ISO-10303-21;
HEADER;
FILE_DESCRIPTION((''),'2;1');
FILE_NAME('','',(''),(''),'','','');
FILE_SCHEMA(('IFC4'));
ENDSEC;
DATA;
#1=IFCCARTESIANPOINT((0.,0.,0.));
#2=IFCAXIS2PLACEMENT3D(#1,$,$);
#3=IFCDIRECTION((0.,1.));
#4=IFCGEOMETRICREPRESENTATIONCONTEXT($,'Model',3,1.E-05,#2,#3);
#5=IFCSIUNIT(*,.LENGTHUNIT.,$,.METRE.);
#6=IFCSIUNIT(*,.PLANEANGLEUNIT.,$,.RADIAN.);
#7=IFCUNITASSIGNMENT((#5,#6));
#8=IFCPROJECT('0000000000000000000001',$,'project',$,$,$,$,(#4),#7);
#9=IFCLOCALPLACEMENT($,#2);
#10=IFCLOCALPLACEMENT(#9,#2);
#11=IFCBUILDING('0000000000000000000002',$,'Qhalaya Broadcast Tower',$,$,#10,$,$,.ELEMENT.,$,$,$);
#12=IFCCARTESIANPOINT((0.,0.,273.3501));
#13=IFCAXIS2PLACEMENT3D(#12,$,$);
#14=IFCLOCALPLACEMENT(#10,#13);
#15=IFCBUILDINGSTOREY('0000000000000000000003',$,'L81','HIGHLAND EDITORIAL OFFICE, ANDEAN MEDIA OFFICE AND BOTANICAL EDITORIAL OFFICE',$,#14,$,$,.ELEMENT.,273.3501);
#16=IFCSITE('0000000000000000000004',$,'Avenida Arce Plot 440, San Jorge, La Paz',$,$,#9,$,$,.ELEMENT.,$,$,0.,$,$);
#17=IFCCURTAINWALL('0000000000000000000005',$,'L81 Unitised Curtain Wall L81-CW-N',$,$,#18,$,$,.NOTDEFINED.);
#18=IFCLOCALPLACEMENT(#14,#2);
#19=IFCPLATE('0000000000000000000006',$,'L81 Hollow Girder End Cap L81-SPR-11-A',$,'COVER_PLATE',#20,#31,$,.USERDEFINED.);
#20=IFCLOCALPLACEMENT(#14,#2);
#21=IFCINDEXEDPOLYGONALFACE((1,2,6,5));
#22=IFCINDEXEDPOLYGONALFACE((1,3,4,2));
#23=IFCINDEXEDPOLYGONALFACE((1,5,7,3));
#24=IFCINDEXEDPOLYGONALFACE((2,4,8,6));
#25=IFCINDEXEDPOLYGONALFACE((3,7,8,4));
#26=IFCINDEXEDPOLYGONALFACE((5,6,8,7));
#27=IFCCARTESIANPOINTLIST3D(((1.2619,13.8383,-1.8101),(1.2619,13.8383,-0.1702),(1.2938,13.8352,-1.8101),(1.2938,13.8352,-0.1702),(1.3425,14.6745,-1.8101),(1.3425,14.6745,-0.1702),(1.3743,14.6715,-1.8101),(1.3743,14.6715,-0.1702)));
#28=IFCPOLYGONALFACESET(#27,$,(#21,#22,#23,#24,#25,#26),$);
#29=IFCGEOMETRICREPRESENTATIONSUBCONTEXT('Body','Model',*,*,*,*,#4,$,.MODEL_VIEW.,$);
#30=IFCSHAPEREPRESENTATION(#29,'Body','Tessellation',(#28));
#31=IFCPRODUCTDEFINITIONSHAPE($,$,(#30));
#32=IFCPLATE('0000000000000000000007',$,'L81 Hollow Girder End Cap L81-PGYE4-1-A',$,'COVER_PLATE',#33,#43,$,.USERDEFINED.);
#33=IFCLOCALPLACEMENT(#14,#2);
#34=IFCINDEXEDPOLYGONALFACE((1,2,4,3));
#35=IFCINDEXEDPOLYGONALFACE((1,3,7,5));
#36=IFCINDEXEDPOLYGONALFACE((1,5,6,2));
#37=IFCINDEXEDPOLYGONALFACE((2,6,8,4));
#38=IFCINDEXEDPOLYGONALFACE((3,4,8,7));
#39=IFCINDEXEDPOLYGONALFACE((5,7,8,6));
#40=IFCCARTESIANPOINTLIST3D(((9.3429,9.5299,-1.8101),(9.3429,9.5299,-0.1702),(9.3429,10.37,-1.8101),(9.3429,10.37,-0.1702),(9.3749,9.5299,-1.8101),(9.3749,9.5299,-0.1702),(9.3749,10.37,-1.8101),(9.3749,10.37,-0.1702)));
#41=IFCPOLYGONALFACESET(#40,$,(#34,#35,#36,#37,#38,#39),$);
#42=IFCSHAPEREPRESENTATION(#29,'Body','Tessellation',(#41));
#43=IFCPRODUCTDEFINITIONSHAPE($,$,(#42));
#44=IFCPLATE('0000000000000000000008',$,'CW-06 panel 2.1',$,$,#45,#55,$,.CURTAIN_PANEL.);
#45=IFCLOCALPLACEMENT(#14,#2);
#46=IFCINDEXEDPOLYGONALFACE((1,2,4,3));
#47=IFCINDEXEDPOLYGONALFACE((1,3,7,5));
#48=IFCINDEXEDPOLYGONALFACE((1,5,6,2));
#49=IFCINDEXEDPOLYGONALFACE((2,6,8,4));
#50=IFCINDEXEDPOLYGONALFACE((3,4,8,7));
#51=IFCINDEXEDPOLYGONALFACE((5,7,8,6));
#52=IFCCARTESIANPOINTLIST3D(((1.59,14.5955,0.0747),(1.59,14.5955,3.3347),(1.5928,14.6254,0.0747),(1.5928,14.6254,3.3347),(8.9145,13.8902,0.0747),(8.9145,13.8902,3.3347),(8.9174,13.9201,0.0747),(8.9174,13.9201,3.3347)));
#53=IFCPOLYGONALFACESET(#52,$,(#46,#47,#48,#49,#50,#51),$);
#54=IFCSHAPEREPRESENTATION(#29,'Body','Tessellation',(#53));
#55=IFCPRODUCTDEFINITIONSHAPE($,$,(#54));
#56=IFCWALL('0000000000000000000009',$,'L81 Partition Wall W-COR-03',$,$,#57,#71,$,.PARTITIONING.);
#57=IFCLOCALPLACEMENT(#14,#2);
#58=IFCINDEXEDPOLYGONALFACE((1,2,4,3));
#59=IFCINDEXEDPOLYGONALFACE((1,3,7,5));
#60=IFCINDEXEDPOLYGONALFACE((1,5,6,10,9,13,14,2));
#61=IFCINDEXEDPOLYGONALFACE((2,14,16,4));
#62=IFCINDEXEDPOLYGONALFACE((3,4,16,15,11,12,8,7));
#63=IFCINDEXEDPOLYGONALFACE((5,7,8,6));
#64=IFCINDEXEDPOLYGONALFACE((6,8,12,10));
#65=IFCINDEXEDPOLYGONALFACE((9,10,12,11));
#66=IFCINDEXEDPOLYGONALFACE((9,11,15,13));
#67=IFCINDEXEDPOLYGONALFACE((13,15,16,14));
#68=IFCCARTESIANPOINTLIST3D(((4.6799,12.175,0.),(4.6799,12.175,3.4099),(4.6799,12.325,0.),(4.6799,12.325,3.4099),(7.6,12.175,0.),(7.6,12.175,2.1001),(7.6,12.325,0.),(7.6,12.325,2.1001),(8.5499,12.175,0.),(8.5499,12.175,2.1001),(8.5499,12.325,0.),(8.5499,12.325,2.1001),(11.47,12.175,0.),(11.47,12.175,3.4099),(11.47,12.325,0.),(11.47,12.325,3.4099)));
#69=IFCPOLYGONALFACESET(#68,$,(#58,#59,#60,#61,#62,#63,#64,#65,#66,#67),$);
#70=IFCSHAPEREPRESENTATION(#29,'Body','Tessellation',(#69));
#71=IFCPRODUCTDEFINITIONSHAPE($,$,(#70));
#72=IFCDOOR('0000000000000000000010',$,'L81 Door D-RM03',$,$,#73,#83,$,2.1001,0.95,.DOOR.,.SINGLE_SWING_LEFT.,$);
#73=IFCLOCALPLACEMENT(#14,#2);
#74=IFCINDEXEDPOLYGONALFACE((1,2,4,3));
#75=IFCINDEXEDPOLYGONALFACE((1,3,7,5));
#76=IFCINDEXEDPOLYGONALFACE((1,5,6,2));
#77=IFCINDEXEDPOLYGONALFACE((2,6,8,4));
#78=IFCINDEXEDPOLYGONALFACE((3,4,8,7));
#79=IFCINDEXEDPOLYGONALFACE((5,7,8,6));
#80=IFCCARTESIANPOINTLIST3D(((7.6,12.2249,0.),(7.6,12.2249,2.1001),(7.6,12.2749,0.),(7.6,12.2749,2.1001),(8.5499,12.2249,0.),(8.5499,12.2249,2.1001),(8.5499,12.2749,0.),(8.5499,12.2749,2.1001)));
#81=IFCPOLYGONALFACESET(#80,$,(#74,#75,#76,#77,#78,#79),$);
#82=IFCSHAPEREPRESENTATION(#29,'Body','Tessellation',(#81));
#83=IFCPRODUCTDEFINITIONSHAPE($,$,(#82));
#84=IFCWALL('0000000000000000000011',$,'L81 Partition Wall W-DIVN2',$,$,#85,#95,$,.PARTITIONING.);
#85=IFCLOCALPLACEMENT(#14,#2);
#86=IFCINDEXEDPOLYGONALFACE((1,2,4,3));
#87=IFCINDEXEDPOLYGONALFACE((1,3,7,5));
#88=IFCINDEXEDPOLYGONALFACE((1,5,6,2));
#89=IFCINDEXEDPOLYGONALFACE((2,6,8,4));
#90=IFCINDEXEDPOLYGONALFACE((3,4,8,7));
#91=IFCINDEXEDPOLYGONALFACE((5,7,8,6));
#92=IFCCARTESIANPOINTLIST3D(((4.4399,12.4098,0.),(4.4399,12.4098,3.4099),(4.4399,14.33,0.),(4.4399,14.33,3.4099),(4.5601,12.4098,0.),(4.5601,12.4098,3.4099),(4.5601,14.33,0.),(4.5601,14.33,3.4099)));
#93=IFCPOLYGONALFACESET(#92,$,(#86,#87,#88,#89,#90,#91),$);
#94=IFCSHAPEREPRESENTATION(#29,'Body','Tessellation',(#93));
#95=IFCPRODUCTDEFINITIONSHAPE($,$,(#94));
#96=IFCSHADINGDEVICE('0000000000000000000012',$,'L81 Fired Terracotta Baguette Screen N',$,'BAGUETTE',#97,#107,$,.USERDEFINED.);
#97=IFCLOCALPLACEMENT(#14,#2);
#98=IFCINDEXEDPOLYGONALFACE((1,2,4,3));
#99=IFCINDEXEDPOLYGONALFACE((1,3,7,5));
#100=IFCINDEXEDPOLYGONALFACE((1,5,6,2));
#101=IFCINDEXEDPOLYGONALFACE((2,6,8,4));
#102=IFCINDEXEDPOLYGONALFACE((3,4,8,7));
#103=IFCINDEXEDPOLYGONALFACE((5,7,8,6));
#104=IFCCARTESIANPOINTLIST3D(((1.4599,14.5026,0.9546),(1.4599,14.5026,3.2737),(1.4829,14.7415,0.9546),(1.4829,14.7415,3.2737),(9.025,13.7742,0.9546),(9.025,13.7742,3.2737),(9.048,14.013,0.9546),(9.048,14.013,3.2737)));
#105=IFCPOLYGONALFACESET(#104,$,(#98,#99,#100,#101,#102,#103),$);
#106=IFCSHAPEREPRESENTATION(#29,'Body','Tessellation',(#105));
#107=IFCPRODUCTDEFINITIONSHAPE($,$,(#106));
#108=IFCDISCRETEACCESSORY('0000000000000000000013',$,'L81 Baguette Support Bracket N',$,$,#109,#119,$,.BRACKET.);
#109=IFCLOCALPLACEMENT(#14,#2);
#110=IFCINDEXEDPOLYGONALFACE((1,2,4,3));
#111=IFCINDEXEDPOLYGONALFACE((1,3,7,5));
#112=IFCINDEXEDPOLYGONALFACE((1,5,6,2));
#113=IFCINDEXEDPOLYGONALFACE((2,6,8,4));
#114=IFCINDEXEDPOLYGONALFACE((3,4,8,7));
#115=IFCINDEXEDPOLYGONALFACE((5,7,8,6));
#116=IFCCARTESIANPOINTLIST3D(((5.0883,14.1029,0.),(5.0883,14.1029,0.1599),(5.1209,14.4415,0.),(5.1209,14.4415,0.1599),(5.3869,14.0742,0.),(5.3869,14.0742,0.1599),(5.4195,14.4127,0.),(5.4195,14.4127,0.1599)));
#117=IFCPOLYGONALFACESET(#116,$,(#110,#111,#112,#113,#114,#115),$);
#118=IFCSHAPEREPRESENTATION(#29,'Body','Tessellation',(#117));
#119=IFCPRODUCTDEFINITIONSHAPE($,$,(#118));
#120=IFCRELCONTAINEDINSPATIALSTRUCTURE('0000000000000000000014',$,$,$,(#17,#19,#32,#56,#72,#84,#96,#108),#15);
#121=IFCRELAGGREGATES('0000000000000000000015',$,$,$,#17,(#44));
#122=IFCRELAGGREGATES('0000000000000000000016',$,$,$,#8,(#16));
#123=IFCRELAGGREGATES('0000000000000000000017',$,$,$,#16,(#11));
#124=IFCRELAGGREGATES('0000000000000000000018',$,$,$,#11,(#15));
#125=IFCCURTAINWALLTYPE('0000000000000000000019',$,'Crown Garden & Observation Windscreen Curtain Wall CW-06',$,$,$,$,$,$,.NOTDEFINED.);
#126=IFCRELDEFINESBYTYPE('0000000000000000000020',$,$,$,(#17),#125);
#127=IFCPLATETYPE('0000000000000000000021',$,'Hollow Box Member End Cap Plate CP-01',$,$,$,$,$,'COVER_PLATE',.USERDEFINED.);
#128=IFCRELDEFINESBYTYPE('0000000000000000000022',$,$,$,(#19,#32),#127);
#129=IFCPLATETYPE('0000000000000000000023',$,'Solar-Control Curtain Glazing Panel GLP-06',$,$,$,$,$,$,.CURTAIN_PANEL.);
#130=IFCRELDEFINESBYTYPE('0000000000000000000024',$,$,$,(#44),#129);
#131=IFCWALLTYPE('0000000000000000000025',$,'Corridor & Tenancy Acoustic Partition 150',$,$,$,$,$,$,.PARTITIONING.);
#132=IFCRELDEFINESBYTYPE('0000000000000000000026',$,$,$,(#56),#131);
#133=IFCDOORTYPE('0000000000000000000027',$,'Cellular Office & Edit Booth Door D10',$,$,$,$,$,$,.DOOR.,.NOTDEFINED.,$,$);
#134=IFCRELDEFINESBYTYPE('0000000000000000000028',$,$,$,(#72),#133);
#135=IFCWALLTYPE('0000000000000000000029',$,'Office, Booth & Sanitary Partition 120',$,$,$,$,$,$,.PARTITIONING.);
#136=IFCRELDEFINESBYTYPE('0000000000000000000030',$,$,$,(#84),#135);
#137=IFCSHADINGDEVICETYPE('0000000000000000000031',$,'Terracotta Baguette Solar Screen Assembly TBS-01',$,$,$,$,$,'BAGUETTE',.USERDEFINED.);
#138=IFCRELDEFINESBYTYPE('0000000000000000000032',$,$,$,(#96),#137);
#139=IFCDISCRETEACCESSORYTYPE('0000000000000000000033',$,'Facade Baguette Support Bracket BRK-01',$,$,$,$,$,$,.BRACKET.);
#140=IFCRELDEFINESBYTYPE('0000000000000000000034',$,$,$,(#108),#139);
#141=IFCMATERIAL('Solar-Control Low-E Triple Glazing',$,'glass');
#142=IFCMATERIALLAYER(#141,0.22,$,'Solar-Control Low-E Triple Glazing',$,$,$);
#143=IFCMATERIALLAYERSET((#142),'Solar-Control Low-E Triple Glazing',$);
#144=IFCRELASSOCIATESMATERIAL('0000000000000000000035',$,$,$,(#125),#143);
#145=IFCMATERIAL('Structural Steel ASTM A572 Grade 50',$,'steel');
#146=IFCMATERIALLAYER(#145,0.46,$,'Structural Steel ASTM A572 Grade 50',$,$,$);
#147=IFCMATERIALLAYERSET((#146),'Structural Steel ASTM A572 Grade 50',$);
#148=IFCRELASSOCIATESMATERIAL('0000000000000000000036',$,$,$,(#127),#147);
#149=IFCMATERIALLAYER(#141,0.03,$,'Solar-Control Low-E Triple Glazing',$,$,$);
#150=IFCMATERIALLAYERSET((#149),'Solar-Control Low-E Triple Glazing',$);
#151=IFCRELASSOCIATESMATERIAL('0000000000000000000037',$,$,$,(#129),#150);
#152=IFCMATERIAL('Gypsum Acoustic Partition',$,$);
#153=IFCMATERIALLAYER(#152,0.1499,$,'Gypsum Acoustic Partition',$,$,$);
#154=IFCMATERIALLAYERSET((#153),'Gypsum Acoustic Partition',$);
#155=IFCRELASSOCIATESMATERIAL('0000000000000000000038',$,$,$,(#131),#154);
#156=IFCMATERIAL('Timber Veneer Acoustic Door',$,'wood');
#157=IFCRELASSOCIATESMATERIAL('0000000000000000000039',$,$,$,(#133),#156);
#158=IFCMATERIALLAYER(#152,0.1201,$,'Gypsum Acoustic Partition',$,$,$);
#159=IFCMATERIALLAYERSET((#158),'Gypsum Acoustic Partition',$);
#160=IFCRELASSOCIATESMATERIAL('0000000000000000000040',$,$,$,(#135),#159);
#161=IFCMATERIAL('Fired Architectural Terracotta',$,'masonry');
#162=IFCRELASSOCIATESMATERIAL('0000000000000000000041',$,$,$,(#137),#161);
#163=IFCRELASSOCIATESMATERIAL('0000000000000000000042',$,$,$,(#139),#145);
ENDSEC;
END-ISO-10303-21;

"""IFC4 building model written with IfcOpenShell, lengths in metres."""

from ifc_helpers import new_model, si_unit, direction, frame, frame_2d, origin, origin_2d, place, context, subcontext, project, spatial, rectangle, extrude, material, layer, layer_set, type_object, element, fill, aggregate, save


model = new_model("IFC4")

# Units and contexts
model_context = context("Model", 3, precision=1e-05, world=origin(), true_north=direction((0.0, 1.0)))
body_context = subcontext(model_context, "Body", "Model", "MODEL_VIEW")
ifc_project = project(units=[si_unit("LENGTHUNIT", "METRE"), si_unit("PLANEANGLEUNIT", "RADIAN")], contexts=[model_context])

# Site, building, storey
site_placement = place(None, origin())
site = spatial("IfcSite", under=ifc_project, at=site_placement, Name="Avenida Arce Plot 440, San Jorge, La Paz", CompositionType="ELEMENT", RefElevation=0.0)
building_placement = place(site_placement, origin())
building = spatial("IfcBuilding", under=site, at=building_placement, Name="Qhalaya Broadcast Tower", CompositionType="ELEMENT")
storey_placement = place(building_placement, frame((0.0, 0.0, 273.3501)))
storey = spatial("IfcBuildingStorey", under=building, at=storey_placement, Name="L81", Description="HIGHLAND EDITORIAL OFFICE, ANDEAN MEDIA OFFICE AND BOTANICAL EDITORIAL OFFICE", CompositionType="ELEMENT", Elevation=273.3501)

# Shared definitions
ifc_material_1 = material(Name="Structural Steel ASTM A572 Grade 50", Category="steel")

# Curtain wall
ifc_material_2 = material(Name="Solar-Control Low-E Triple Glazing", Category="glass")
ifc_layer_1 = layer(ifc_material_2, 0.22, Name="Solar-Control Low-E Triple Glazing")
ifc_layer_set_1 = layer_set([ifc_layer_1], Name="Solar-Control Low-E Triple Glazing")
curtain_wall_type = type_object("IfcCurtainWallType", Name="Crown Garden & Observation Windscreen Curtain Wall CW-06", PredefinedType="NOTDEFINED", material=ifc_layer_set_1)
curtain_wall_placement = place(storey_placement, origin())
curtain_wall = element("IfcCurtainWall", 1, at=curtain_wall_placement, inside=storey, type_object=curtain_wall_type, Name="L81 Unitised Curtain Wall L81-CW-N", PredefinedType="NOTDEFINED")

# Plates
ifc_layer_2 = layer(ifc_material_1, 0.46, Name="Structural Steel ASTM A572 Grade 50")
ifc_layer_set_2 = layer_set([ifc_layer_2], Name="Structural Steel ASTM A572 Grade 50")
plate_type_1 = type_object("IfcPlateType", Name="Hollow Box Member End Cap Plate CP-01", ElementType="COVER_PLATE", PredefinedType="USERDEFINED", material=ifc_layer_set_2)
for number, where, z_axis, x_axis, name in (
    (2, (1.3181, 14.2549, -1.8101), (0.0, 0.0, 1.0), (-0.095846, -0.995396, 0.0), "L81 Hollow Girder End Cap L81-SPR-11-A"),
    (3, (9.3589, 9.95, -1.8101), (0.0, 0.0, 1.0), (0.0, 1.0, 0.0), "L81 Hollow Girder End Cap L81-PGYE4-1-A"),
):
    element("IfcPlate", number, at=place(storey_placement, frame(where, z_axis=z_axis, x_axis=x_axis)), inside=storey, type_object=plate_type_1, Name=name, ObjectType="COVER_PLATE", PredefinedType="USERDEFINED", context=body_context, shape_type="SweptSolid", body=[
        extrude(rectangle(XDim=0.8401, YDim=0.032, at=origin_2d()), origin(), (0.0, 0.0, 1.0), 1.6399),
    ])

# Plate
ifc_layer_3 = layer(ifc_material_2, 0.03, Name="Solar-Control Low-E Triple Glazing")
ifc_layer_set_3 = layer_set([ifc_layer_3], Name="Solar-Control Low-E Triple Glazing")
plate_type_2 = type_object("IfcPlateType", Name="Solar-Control Curtain Glazing Panel GLP-06", PredefinedType="CURTAIN_PANEL", material=ifc_layer_set_3)
plate_placement = place(storey_placement, frame((5.2537, 14.2578, 0.0747), z_axis=(0.0, 0.0, 1.0), x_axis=(-0.995396, 0.095848, 0.0)))
plate = element("IfcPlate", 4, at=plate_placement, type_object=plate_type_2, Name="CW-06 panel 2.1", PredefinedType="CURTAIN_PANEL", context=body_context, shape_type="SweptSolid", body=[
    extrude(rectangle(XDim=7.3584, YDim=0.03, at=origin_2d()), origin(), (0.0, 0.0, 1.0), 3.26),
])
aggregate(curtain_wall, [plate])

# Wall, opening, door
ifc_material_3 = material(Name="Gypsum Acoustic Partition")
ifc_layer_4 = layer(ifc_material_3, 0.1499, Name="Gypsum Acoustic Partition")
ifc_layer_set_4 = layer_set([ifc_layer_4], Name="Gypsum Acoustic Partition")
wall_type_1 = type_object("IfcWallType", Name="Corridor & Tenancy Acoustic Partition 150", PredefinedType="PARTITIONING", material=ifc_layer_set_4)
wall_1_placement = place(storey_placement, frame((4.6799, 12.25, 0.0), z_axis=(0.0, 0.0, 1.0), x_axis=(1.0, 0.0, 0.0)))
wall_1 = element("IfcWall", 5, at=wall_1_placement, inside=storey, type_object=wall_type_1, Name="L81 Partition Wall W-COR-03", PredefinedType="PARTITIONING", context=body_context, shape_type="SweptSolid", body=[
    extrude(rectangle(XDim=6.79, YDim=0.1499, at=frame_2d((3.395, 0.0))), origin(), (0.0, 0.0, 1.0), 3.4099),
])
opening_placement = place(wall_1_placement, frame((2.9199, 0.0, 0.0)))
opening = element("IfcOpeningElement", 6, at=opening_placement, cuts=wall_1, PredefinedType="OPENING", context=body_context, shape_type="SweptSolid", body=[
    extrude(rectangle(XDim=0.95, YDim=2.1001, at=frame_2d((0.4751, 1.05))), frame((0.0, 0.0869, 0.0), z_axis=(0.0, -1.0, 0.0), x_axis=(1.0, 0.0, 0.0)), (0.0, 0.0, 1.0), 0.1738),
])
ifc_material_4 = material(Name="Timber Veneer Acoustic Door", Category="wood")
door_type = type_object("IfcDoorType", Name="Cellular Office & Edit Booth Door D10", OperationType="NOTDEFINED", PredefinedType="DOOR", material=ifc_material_4)
door_placement = place(opening_placement, origin())
door = element("IfcDoor", 7, at=door_placement, inside=storey, type_object=door_type, Name="L81 Door D-RM03", OperationType="SINGLE_SWING_LEFT", OverallHeight=2.1001, OverallWidth=0.95, PredefinedType="DOOR", context=body_context, shape_type="SweptSolid", body=[
    extrude(rectangle(XDim=0.95, YDim=2.1001, at=frame_2d((0.4751, 1.05))), frame((0.0, 0.0249, 0.0), z_axis=(0.0, -1.0, 0.0), x_axis=(1.0, 0.0, 0.0)), (0.0, 0.0, 1.0), 0.05),
])
fill(opening, door)

# Wall
ifc_layer_5 = layer(ifc_material_3, 0.1201, Name="Gypsum Acoustic Partition")
ifc_layer_set_5 = layer_set([ifc_layer_5], Name="Gypsum Acoustic Partition")
wall_type_2 = type_object("IfcWallType", Name="Office, Booth & Sanitary Partition 120", PredefinedType="PARTITIONING", material=ifc_layer_set_5)
wall_2_placement = place(storey_placement, frame((4.5, 12.4099, 0.0), z_axis=(0.0, 0.0, 1.0), x_axis=(0.0, 1.0, 0.0)))
element("IfcWall", 8, at=wall_2_placement, inside=storey, type_object=wall_type_2, Name="L81 Partition Wall W-DIVN2", PredefinedType="PARTITIONING", context=body_context, shape_type="SweptSolid", body=[
    extrude(rectangle(XDim=1.9202, YDim=0.1201, at=frame_2d((0.96, 0.0))), origin(), (0.0, 0.0, 1.0), 3.4099),
])

# Shading device
ifc_material_5 = material(Name="Fired Architectural Terracotta", Category="masonry")
shading_device_type = type_object("IfcShadingDeviceType", Name="Terracotta Baguette Solar Screen Assembly TBS-01", ElementType="BAGUETTE", PredefinedType="USERDEFINED", material=ifc_material_5)
shading_device_placement = place(storey_placement, frame((5.2539, 14.2578, 0.9546), z_axis=(0.0, 0.0, 1.0), x_axis=(-0.995396, 0.095846, 0.0)))
element("IfcShadingDevice", 9, at=shading_device_placement, inside=storey, type_object=shading_device_type, Name="L81 Fired Terracotta Baguette Screen N", ObjectType="BAGUETTE", PredefinedType="USERDEFINED", context=body_context, shape_type="SweptSolid", body=[
    extrude(rectangle(XDim=7.6001, YDim=0.24, at=origin_2d()), origin(), (0.0, 0.0, 1.0), 2.3191),
])

# Discrete accessory
discrete_accessory_type = type_object("IfcDiscreteAccessoryType", Name="Facade Baguette Support Bracket BRK-01", PredefinedType="BRACKET", material=ifc_material_1)
discrete_accessory_placement = place(storey_placement, frame((5.2539, 14.2578, 0.0), z_axis=(0.0, 0.0, 1.0), x_axis=(-0.995396, 0.095846, 0.0)))
element("IfcDiscreteAccessory", 10, at=discrete_accessory_placement, inside=storey, type_object=discrete_accessory_type, Name="L81 Baguette Support Bracket N", PredefinedType="BRACKET", context=body_context, shape_type="SweptSolid", body=[
    extrude(rectangle(XDim=0.3, YDim=0.3401, at=origin_2d()), origin(), (0.0, 0.0, 1.0), 0.1599),
])

save(model, "model.ifc")
